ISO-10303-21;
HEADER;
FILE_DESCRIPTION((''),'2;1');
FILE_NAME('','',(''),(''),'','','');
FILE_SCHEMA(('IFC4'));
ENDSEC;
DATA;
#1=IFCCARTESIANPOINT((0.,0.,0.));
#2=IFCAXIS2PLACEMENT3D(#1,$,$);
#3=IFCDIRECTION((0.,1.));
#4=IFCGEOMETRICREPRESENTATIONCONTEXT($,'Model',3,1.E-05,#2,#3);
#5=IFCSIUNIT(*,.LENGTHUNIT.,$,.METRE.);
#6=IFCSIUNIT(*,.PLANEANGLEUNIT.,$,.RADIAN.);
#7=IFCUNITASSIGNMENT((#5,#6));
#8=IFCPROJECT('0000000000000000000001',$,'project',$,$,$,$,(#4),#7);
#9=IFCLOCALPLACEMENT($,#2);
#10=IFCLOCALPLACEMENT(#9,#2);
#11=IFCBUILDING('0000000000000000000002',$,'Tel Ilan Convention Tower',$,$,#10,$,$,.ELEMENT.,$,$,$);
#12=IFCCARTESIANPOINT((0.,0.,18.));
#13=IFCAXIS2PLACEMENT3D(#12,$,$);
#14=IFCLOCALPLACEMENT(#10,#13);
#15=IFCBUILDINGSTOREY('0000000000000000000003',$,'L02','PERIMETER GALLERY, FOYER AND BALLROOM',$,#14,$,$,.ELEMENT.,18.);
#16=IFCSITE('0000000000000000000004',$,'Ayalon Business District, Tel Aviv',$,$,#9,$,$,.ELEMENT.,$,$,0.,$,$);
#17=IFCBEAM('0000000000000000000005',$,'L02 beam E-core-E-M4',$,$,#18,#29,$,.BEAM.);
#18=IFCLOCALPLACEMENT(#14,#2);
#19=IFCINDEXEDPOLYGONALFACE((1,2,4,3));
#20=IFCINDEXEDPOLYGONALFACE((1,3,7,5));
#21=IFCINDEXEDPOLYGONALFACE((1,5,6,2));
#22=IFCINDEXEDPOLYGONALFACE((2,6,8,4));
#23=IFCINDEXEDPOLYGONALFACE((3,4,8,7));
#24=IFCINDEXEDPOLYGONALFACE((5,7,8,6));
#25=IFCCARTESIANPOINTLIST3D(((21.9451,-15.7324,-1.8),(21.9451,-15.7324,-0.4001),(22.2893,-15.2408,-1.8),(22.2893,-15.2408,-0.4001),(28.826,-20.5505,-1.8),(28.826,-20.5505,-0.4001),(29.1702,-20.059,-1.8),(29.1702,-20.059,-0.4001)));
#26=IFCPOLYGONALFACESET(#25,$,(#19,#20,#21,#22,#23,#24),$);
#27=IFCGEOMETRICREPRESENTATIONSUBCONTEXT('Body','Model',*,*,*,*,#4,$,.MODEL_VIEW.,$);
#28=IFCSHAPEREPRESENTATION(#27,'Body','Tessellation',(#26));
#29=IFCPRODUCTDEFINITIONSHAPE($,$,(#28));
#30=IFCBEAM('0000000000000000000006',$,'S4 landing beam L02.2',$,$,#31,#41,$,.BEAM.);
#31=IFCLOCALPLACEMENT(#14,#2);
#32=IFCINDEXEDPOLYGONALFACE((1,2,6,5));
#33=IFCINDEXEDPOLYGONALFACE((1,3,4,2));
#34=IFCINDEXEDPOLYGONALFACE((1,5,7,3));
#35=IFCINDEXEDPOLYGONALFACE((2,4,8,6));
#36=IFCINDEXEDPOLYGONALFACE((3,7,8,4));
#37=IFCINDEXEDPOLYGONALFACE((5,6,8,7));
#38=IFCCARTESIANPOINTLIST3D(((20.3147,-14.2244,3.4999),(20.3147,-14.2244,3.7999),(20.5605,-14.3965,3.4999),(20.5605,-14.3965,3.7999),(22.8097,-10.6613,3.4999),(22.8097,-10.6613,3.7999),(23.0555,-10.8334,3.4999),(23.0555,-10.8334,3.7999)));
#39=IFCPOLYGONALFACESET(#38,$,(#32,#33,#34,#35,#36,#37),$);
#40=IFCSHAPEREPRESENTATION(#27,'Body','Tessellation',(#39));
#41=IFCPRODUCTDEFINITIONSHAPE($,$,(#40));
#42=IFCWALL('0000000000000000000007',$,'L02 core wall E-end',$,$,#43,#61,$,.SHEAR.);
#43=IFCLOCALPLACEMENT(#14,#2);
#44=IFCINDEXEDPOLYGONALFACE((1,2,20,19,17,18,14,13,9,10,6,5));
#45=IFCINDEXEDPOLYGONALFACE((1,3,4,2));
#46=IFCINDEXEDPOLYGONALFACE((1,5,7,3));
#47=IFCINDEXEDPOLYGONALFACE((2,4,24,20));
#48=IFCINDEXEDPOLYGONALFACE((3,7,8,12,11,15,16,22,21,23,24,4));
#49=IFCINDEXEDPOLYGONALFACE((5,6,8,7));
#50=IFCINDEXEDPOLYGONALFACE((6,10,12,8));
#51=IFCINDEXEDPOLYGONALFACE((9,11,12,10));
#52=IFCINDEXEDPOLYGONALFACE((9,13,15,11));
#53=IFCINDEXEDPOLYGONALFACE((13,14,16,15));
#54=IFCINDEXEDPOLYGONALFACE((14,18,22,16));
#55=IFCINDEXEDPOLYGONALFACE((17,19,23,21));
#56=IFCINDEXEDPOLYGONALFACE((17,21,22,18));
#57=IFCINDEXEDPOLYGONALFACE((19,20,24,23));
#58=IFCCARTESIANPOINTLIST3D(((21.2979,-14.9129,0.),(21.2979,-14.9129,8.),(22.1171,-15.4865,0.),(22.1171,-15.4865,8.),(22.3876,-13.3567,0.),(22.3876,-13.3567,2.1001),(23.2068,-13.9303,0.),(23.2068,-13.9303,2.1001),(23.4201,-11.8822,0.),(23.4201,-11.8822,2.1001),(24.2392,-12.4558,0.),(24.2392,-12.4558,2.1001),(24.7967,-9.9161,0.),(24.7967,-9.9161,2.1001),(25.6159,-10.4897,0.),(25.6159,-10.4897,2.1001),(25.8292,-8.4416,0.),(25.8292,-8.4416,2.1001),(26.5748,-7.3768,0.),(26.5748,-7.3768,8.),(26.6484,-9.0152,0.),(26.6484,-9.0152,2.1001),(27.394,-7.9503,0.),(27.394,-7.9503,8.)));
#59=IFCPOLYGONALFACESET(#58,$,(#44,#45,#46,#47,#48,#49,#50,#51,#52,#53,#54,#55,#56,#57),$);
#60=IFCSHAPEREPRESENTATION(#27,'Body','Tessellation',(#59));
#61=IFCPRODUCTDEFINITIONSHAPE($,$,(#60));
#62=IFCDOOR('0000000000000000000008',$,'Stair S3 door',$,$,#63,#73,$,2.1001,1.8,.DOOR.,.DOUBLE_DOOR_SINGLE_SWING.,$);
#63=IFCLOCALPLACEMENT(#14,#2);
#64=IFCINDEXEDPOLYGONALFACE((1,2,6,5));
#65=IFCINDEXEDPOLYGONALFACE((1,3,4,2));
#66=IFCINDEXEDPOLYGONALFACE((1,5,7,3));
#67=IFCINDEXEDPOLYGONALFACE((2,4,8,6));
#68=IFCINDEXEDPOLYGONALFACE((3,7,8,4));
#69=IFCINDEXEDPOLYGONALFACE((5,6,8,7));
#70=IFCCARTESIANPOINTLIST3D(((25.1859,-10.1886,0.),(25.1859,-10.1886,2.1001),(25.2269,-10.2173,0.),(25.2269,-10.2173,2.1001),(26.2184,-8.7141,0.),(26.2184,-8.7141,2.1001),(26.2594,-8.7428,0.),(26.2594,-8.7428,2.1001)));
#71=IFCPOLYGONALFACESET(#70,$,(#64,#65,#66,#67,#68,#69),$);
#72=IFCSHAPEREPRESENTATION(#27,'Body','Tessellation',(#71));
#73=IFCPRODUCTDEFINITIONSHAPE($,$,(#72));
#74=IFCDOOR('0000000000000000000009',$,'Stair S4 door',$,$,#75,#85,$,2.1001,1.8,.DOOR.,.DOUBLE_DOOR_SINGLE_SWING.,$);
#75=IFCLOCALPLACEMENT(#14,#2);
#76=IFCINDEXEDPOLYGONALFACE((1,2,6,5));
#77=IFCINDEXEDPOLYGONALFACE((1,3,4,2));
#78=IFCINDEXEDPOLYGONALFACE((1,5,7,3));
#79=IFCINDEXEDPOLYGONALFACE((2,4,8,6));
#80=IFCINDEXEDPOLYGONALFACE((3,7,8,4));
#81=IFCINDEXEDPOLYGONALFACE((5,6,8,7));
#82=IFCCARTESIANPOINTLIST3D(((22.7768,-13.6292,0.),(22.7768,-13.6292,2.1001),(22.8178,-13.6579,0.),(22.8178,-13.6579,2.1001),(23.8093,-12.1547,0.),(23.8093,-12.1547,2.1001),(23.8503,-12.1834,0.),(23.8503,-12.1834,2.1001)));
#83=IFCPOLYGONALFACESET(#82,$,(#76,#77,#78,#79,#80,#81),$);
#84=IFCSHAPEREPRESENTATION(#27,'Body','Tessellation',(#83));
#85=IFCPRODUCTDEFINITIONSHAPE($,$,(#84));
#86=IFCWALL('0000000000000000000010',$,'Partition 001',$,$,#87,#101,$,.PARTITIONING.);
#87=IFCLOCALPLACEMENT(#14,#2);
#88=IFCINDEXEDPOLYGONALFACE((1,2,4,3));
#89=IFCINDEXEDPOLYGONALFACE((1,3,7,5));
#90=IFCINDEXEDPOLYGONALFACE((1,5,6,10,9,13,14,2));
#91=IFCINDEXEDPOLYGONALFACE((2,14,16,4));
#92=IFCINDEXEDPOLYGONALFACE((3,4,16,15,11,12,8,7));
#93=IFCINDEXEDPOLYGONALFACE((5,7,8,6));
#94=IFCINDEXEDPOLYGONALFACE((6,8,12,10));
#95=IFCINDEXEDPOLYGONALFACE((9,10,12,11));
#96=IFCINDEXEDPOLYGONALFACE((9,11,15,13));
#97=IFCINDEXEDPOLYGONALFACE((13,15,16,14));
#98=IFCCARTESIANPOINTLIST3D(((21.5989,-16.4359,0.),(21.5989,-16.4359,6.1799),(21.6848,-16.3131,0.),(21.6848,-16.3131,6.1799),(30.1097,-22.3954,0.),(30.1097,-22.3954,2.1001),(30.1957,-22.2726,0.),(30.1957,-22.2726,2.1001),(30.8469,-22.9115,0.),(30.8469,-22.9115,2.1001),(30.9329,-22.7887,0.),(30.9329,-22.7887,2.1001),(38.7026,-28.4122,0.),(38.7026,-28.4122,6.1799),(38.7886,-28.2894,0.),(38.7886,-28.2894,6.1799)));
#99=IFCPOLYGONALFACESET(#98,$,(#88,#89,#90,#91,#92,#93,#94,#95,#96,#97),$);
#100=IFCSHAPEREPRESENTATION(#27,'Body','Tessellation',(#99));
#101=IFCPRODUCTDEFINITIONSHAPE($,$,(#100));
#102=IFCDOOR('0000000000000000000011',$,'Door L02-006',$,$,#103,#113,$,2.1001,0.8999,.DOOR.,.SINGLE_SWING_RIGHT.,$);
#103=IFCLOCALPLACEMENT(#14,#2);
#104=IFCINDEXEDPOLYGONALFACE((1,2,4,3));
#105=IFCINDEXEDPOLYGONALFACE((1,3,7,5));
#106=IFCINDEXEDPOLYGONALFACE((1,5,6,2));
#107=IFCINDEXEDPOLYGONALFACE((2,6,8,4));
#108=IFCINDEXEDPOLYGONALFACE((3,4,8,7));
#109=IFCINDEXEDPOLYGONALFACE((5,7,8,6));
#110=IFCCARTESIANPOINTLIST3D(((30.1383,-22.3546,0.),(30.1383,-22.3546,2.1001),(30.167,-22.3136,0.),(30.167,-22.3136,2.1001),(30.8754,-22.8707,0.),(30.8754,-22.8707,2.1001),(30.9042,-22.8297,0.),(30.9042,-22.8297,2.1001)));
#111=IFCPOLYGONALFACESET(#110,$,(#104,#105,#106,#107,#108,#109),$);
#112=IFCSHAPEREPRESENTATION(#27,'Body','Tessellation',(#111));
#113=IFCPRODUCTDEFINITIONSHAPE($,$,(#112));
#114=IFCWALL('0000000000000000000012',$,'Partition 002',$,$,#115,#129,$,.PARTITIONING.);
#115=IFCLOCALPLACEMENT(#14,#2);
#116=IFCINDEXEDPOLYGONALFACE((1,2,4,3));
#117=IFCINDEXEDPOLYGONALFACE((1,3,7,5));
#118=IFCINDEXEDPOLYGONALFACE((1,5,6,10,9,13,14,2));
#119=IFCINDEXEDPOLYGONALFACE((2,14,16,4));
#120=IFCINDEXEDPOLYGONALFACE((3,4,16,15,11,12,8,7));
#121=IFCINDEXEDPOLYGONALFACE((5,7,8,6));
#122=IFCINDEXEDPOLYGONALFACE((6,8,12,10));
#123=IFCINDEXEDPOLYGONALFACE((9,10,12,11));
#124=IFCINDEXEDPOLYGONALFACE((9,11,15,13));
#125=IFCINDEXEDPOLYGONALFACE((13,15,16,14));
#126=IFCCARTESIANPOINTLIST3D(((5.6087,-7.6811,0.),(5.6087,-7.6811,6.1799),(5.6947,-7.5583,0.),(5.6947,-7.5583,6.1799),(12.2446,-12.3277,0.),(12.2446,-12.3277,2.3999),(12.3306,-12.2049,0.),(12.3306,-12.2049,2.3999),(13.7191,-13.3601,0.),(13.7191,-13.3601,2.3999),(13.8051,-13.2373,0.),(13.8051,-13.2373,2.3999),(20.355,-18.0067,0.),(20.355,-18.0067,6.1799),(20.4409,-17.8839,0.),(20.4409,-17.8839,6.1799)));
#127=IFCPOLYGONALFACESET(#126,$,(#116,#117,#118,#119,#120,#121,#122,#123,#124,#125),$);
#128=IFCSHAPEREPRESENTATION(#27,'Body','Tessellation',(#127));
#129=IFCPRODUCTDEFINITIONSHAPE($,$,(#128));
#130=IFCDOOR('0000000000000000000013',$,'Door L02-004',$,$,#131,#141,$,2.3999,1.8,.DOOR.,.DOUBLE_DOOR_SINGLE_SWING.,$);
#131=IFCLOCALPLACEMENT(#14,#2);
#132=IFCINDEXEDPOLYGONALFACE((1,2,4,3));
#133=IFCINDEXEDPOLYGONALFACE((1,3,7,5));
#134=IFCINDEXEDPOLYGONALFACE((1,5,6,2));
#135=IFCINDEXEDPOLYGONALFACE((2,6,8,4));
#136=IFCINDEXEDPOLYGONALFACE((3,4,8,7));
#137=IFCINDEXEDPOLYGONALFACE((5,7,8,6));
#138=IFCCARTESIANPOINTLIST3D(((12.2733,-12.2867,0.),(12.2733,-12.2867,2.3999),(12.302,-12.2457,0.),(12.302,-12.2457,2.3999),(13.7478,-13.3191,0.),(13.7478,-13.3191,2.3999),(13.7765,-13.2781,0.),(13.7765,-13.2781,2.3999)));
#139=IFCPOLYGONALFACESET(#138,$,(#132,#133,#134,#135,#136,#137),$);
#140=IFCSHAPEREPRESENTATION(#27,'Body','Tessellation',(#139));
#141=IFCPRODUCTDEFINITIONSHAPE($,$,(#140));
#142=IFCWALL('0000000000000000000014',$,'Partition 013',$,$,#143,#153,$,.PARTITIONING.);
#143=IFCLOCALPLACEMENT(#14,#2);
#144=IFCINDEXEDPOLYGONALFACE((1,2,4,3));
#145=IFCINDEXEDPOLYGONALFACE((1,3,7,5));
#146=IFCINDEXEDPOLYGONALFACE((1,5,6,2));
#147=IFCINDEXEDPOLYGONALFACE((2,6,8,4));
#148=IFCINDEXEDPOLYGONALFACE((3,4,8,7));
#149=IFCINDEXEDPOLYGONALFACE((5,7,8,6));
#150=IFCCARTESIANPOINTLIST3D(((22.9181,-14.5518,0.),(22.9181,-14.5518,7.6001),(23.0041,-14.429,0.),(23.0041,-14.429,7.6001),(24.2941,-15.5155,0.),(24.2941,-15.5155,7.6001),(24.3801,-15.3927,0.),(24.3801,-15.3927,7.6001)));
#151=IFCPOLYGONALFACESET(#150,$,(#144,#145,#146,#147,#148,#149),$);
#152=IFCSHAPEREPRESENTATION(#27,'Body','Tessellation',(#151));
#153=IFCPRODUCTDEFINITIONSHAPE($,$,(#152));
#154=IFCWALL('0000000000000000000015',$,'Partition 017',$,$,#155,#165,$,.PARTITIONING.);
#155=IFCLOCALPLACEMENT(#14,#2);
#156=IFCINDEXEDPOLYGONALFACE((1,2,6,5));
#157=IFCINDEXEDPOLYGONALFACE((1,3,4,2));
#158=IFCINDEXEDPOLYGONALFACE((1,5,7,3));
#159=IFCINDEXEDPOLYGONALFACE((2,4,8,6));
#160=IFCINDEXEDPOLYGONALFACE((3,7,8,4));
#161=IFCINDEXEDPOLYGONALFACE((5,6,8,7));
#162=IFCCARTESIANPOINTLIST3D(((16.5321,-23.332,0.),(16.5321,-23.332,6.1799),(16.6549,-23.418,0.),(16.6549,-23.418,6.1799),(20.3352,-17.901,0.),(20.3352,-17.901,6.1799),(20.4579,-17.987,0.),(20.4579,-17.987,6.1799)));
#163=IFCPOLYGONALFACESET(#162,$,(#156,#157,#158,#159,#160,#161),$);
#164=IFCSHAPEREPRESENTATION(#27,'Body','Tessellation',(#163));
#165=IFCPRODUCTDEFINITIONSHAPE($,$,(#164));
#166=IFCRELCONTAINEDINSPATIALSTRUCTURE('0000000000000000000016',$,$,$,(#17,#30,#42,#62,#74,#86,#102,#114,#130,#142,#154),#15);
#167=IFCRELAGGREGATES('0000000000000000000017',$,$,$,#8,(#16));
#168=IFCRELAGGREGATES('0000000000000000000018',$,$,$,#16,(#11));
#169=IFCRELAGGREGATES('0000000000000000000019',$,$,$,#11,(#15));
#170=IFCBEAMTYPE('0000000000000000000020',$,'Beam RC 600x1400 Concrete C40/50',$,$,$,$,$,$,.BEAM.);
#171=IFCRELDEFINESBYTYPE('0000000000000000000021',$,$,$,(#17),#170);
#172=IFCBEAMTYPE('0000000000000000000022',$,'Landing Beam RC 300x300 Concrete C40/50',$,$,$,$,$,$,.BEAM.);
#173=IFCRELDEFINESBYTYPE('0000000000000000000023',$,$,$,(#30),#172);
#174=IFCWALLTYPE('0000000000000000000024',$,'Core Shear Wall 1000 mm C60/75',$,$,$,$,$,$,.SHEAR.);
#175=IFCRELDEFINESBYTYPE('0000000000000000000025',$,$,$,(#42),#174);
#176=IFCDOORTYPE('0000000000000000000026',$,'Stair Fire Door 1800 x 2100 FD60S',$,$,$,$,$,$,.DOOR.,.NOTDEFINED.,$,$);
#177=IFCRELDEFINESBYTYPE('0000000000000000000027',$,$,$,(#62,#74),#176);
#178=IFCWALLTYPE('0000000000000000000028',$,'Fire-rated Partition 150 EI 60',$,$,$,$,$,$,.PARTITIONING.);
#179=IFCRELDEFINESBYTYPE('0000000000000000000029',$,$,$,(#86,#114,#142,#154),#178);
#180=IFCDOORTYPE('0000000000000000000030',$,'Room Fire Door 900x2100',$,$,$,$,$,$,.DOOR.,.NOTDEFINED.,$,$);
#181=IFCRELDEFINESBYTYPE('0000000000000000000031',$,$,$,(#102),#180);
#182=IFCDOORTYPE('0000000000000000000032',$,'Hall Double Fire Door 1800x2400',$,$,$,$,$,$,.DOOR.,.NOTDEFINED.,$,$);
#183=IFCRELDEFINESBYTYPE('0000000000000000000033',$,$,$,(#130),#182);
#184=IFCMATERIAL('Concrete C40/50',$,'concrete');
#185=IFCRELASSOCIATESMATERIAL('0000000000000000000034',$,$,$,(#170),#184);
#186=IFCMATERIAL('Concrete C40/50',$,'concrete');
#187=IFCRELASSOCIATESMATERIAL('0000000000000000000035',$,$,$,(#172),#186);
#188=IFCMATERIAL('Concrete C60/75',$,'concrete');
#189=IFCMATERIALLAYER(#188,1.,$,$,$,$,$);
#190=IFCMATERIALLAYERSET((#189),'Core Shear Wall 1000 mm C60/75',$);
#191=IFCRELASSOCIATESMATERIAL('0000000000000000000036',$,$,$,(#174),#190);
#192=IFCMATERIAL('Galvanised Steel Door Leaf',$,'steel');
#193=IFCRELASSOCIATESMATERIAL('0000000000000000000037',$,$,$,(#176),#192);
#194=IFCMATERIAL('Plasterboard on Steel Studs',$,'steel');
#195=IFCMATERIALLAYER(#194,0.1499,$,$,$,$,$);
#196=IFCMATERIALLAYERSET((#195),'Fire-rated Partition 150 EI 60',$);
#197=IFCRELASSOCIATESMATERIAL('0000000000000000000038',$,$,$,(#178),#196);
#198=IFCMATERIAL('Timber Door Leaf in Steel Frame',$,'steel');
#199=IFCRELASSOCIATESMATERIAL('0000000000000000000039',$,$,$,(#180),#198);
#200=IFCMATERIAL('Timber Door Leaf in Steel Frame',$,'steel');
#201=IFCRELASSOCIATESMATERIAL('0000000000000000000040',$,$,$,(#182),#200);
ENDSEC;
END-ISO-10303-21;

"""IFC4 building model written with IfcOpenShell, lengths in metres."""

from ifc_helpers import new_model, si_unit, direction, frame, frame_2d, origin, origin_2d, place, context, subcontext, project, spatial, polyline, rectangle, outline, extrude, material, layer, layer_set, material_profile, profile_set, type_object, element, fill, save


model = new_model("IFC4")

# Units and contexts
model_context = context("Model", 3, precision=1e-05, world=origin(), true_north=direction((0.0, 1.0)))
body_context = subcontext(model_context, "Body", "Model", "MODEL_VIEW")
ifc_project = project(units=[si_unit("LENGTHUNIT", "METRE"), si_unit("PLANEANGLEUNIT", "RADIAN")], contexts=[model_context])

# Site, building, storey
site_placement = place(None, origin())
site = spatial("IfcSite", under=ifc_project, at=site_placement, Name="Ayalon Business District, Tel Aviv", CompositionType="ELEMENT", RefElevation=0.0)
building_placement = place(site_placement, origin())
building = spatial("IfcBuilding", under=site, at=building_placement, Name="Tel Ilan Convention Tower", CompositionType="ELEMENT")
storey_placement = place(building_placement, frame((0.0, 0.0, 18.0)))
storey = spatial("IfcBuildingStorey", under=building, at=storey_placement, Name="L02", Description="PERIMETER GALLERY, FOYER AND BALLROOM", CompositionType="ELEMENT", Elevation=18.0)

# Beams
ifc_material_1 = material(Name="Concrete C40/50", Category="concrete")
ifc_material_profile_1 = material_profile(ifc_material_1, rectangle(XDim=0.6001, YDim=1.3999, at=origin_2d()), Name="RC 600x1400")
ifc_profile_set_1 = profile_set([ifc_material_profile_1], Name="Concrete C40/50")
beam_type_1 = type_object("IfcBeamType", Name="Beam RC 600x1400 Concrete C40/50", PredefinedType="BEAM", material=ifc_profile_set_1)
beam_1_placement = place(storey_placement, frame((22.1172, -15.4866, -1.1001), z_axis=(0.819147, -0.573583, 0.0), x_axis=(0.573583, 0.819147, 0.0)))
element("IfcBeam", 1, at=beam_1_placement, inside=storey, type_object=beam_type_1, Name="L02 beam E-core-E-M4", PredefinedType="BEAM", context=body_context, shape_type="SweptSolid", body=[
    extrude(rectangle(XDim=0.6001, YDim=1.3999, at=origin_2d()), origin(), (0.0, 0.0, 1.0), 8.4001),
])
ifc_material_2 = material(Name="Concrete C40/50", Category="concrete")
ifc_material_profile_2 = material_profile(ifc_material_2, rectangle(XDim=0.3, YDim=0.3, at=origin_2d()), Name="RC 300x300")
ifc_profile_set_2 = profile_set([ifc_material_profile_2], Name="Concrete C40/50")
beam_type_2 = type_object("IfcBeamType", Name="Landing Beam RC 300x300 Concrete C40/50", PredefinedType="BEAM", material=ifc_profile_set_2)
beam_2_placement = place(storey_placement, frame((22.9326, -10.7473, 3.6499), z_axis=(-0.573594, -0.81914, 0.0), x_axis=(0.81914, -0.573594, 0.0)))
element("IfcBeam", 2, at=beam_2_placement, inside=storey, type_object=beam_type_2, Name="S4 landing beam L02.2", PredefinedType="BEAM", context=body_context, shape_type="SweptSolid", body=[
    extrude(rectangle(XDim=0.3, YDim=0.3, at=origin_2d()), origin(), (0.0, 0.0, 1.0), 4.3499),
])

# Wall, openings, doors
ifc_material_3 = material(Name="Concrete C60/75", Category="concrete")
ifc_layer_1 = layer(ifc_material_3, 1.0)
ifc_layer_set_1 = layer_set([ifc_layer_1], Name="Core Shear Wall 1000 mm C60/75")
wall_type_1 = type_object("IfcWallType", Name="Core Shear Wall 1000 mm C60/75", PredefinedType="SHEAR", material=ifc_layer_set_1)
wall_1_placement = place(storey_placement, frame((21.7075, -15.1997, 0.0), z_axis=(0.0, 0.0, 1.0), x_axis=(0.573576, 0.819152, 0.0)))
wall_1 = element("IfcWall", 3, at=wall_1_placement, inside=storey, type_object=wall_type_1, Name="L02 core wall E-end", PredefinedType="SHEAR", context=body_context, shape_type="SweptSolid", body=[
    extrude(outline(polyline([(9.2, 0.5), (0.0, 0.5), (0.0, -0.5), (9.2, -0.5), (9.2, 0.5)])), origin(), (0.0, 0.0, 1.0), 8.0),
])
opening_1_placement = place(wall_1_placement, frame((6.1001, 0.0, 0.0)))
opening_1 = element("IfcOpeningElement", 4, at=opening_1_placement, cuts=wall_1, PredefinedType="OPENING", context=body_context, shape_type="SweptSolid", body=[
    extrude(rectangle(XDim=1.8, YDim=2.1001, at=frame_2d((0.8999, 1.05))), frame((0.0, 0.51, 0.0), z_axis=(0.0, -1.0, 0.0), x_axis=(1.0, 0.0, 0.0)), (0.0, 0.0, 1.0), 1.02),
])
opening_2_placement = place(wall_1_placement, frame((1.8999, 0.0, 0.0)))
opening_2 = element("IfcOpeningElement", 5, at=opening_2_placement, cuts=wall_1, PredefinedType="OPENING", context=body_context, shape_type="SweptSolid", body=[
    extrude(rectangle(XDim=1.8, YDim=2.1001, at=frame_2d((0.8999, 1.05))), frame((0.0, 0.51, 0.0), z_axis=(0.0, -1.0, 0.0), x_axis=(1.0, 0.0, 0.0)), (0.0, 0.0, 1.0), 1.02),
])
ifc_material_4 = material(Name="Galvanised Steel Door Leaf", Category="steel")
door_type_1 = type_object("IfcDoorType", Name="Stair Fire Door 1800 x 2100 FD60S", OperationType="NOTDEFINED", PredefinedType="DOOR", material=ifc_material_4)
door_1_placement = place(opening_1_placement, origin())
door_1 = element("IfcDoor", 6, at=door_1_placement, inside=storey, type_object=door_type_1, Name="Stair S3 door", OperationType="DOUBLE_DOOR_SINGLE_SWING", OverallHeight=2.1001, OverallWidth=1.8, PredefinedType="DOOR", context=body_context, shape_type="SweptSolid", body=[
    extrude(rectangle(XDim=1.8, YDim=2.1001, at=frame_2d((0.8999, 1.05))), frame((0.0, 0.0249, 0.0), z_axis=(0.0, -1.0, 0.0), x_axis=(1.0, 0.0, 0.0)), (0.0, 0.0, 1.0), 0.05),
])
fill(opening_1, door_1)
door_2_placement = place(opening_2_placement, origin())
door_2 = element("IfcDoor", 7, at=door_2_placement, inside=storey, type_object=door_type_1, Name="Stair S4 door", OperationType="DOUBLE_DOOR_SINGLE_SWING", OverallHeight=2.1001, OverallWidth=1.8, PredefinedType="DOOR", context=body_context, shape_type="SweptSolid", body=[
    extrude(rectangle(XDim=1.8, YDim=2.1001, at=frame_2d((0.8999, 1.05))), frame((0.0, 0.0249, 0.0), z_axis=(0.0, -1.0, 0.0), x_axis=(1.0, 0.0, 0.0)), (0.0, 0.0, 1.0), 0.05),
])
fill(opening_2, door_2)

# Walls, openings, doors
ifc_material_5 = material(Name="Plasterboard on Steel Studs", Category="steel")
ifc_layer_2 = layer(ifc_material_5, 0.1499)
ifc_layer_set_2 = layer_set([ifc_layer_2], Name="Fire-rated Partition 150 EI 60")
wall_type_2 = type_object("IfcWallType", Name="Fire-rated Partition 150 EI 60", PredefinedType="PARTITIONING", material=ifc_layer_set_2)
wall_2_placement = place(storey_placement, frame((21.6418, -16.3745, 0.0), z_axis=(0.0, 0.0, 1.0), x_axis=(0.819149, -0.573581, 0.0)))
wall_2 = element("IfcWall", 8, at=wall_2_placement, inside=storey, type_object=wall_type_2, Name="Partition 001", PredefinedType="PARTITIONING", context=body_context, shape_type="SweptSolid", body=[
    extrude(rectangle(XDim=20.8799, YDim=0.1499, at=frame_2d((10.4399, 0.0))), origin(), (0.0, 0.0, 1.0), 6.1799),
])
opening_3_placement = place(wall_2_placement, frame((10.3899, 0.0, 0.0)))
opening_3 = element("IfcOpeningElement", 9, at=opening_3_placement, cuts=wall_2, PredefinedType="OPENING", context=body_context, shape_type="SweptSolid", body=[
    extrude(rectangle(XDim=0.8999, YDim=2.1001, at=frame_2d((0.45, 1.05))), frame((0.0, 0.085, 0.0), z_axis=(0.0, -1.0, 0.0), x_axis=(1.0, 0.0, 0.0)), (0.0, 0.0, 1.0), 0.1699),
])
ifc_material_6 = material(Name="Timber Door Leaf in Steel Frame", Category="steel")
door_type_2 = type_object("IfcDoorType", Name="Room Fire Door 900x2100", OperationType="NOTDEFINED", PredefinedType="DOOR", material=ifc_material_6)
door_3_placement = place(opening_3_placement, origin())
door_3 = element("IfcDoor", 10, at=door_3_placement, inside=storey, type_object=door_type_2, Name="Door L02-006", OperationType="SINGLE_SWING_RIGHT", OverallHeight=2.1001, OverallWidth=0.8999, PredefinedType="DOOR", context=body_context, shape_type="SweptSolid", body=[
    extrude(rectangle(XDim=0.8999, YDim=2.1001, at=frame_2d((0.45, 1.05))), frame((0.0, 0.0249, 0.0), z_axis=(0.0, -1.0, 0.0), x_axis=(1.0, 0.0, 0.0)), (0.0, 0.0, 1.0), 0.05),
])
fill(opening_3, door_3)
wall_3_placement = place(storey_placement, frame((20.3979, -17.9453, 0.0), z_axis=(0.0, 0.0, 1.0), x_axis=(-0.819147, 0.573583, 0.0)))
wall_3 = element("IfcWall", 11, at=wall_3_placement, inside=storey, type_object=wall_type_2, Name="Partition 002", PredefinedType="PARTITIONING", context=body_context, shape_type="SweptSolid", body=[
    extrude(rectangle(XDim=18.002, YDim=0.1499, at=frame_2d((9.001, 0.0))), origin(), (0.0, 0.0, 1.0), 6.1799),
])
opening_4_placement = place(wall_3_placement, frame((8.1011, 0.0, 0.0)))
opening_4 = element("IfcOpeningElement", 12, at=opening_4_placement, cuts=wall_3, PredefinedType="OPENING", context=body_context, shape_type="SweptSolid", body=[
    extrude(rectangle(XDim=1.8, YDim=2.3999, at=frame_2d((0.8999, 1.2))), frame((0.0, 0.085, 0.0), z_axis=(0.0, -1.0, 0.0), x_axis=(1.0, 0.0, 0.0)), (0.0, 0.0, 1.0), 0.1699),
])
ifc_material_7 = material(Name="Timber Door Leaf in Steel Frame", Category="steel")
door_type_3 = type_object("IfcDoorType", Name="Hall Double Fire Door 1800x2400", OperationType="NOTDEFINED", PredefinedType="DOOR", material=ifc_material_7)
door_4_placement = place(opening_4_placement, origin())
door_4 = element("IfcDoor", 13, at=door_4_placement, inside=storey, type_object=door_type_3, Name="Door L02-004", OperationType="DOUBLE_DOOR_SINGLE_SWING", OverallHeight=2.3999, OverallWidth=1.8, PredefinedType="DOOR", context=body_context, shape_type="SweptSolid", body=[
    extrude(rectangle(XDim=1.8, YDim=2.3999, at=frame_2d((0.8999, 1.2))), frame((0.0, 0.0249, 0.0), z_axis=(0.0, -1.0, 0.0), x_axis=(1.0, 0.0, 0.0)), (0.0, 0.0, 1.0), 0.05),
])
fill(opening_4, door_4)

# Walls
wall_4_placement = place(storey_placement, frame((22.9612, -14.4905, 0.0), z_axis=(0.0, 0.0, 1.0), x_axis=(0.819109, -0.573638, 0.0)))
element("IfcWall", 14, at=wall_4_placement, inside=storey, type_object=wall_type_2, Name="Partition 013", PredefinedType="PARTITIONING", context=body_context, shape_type="SweptSolid", body=[
    extrude(rectangle(XDim=1.6799, YDim=0.1499, at=frame_2d((0.8398, 0.0))), origin(), (0.0, 0.0, 1.0), 7.6001),
])
wall_5_placement = place(storey_placement, frame((20.3965, -17.9441, 0.0), z_axis=(0.0, 0.0, 1.0), x_axis=(-0.573598, -0.819137, 0.0)))
element("IfcWall", 15, at=wall_5_placement, inside=storey, type_object=wall_type_2, Name="Partition 017", PredefinedType="PARTITIONING", context=body_context, shape_type="SweptSolid", body=[
    extrude(rectangle(XDim=6.6301, YDim=0.1499, at=frame_2d((3.3149, 0.0))), origin(), (0.0, 0.0, 1.0), 6.1799),
])

save(model, "model.ifc")
